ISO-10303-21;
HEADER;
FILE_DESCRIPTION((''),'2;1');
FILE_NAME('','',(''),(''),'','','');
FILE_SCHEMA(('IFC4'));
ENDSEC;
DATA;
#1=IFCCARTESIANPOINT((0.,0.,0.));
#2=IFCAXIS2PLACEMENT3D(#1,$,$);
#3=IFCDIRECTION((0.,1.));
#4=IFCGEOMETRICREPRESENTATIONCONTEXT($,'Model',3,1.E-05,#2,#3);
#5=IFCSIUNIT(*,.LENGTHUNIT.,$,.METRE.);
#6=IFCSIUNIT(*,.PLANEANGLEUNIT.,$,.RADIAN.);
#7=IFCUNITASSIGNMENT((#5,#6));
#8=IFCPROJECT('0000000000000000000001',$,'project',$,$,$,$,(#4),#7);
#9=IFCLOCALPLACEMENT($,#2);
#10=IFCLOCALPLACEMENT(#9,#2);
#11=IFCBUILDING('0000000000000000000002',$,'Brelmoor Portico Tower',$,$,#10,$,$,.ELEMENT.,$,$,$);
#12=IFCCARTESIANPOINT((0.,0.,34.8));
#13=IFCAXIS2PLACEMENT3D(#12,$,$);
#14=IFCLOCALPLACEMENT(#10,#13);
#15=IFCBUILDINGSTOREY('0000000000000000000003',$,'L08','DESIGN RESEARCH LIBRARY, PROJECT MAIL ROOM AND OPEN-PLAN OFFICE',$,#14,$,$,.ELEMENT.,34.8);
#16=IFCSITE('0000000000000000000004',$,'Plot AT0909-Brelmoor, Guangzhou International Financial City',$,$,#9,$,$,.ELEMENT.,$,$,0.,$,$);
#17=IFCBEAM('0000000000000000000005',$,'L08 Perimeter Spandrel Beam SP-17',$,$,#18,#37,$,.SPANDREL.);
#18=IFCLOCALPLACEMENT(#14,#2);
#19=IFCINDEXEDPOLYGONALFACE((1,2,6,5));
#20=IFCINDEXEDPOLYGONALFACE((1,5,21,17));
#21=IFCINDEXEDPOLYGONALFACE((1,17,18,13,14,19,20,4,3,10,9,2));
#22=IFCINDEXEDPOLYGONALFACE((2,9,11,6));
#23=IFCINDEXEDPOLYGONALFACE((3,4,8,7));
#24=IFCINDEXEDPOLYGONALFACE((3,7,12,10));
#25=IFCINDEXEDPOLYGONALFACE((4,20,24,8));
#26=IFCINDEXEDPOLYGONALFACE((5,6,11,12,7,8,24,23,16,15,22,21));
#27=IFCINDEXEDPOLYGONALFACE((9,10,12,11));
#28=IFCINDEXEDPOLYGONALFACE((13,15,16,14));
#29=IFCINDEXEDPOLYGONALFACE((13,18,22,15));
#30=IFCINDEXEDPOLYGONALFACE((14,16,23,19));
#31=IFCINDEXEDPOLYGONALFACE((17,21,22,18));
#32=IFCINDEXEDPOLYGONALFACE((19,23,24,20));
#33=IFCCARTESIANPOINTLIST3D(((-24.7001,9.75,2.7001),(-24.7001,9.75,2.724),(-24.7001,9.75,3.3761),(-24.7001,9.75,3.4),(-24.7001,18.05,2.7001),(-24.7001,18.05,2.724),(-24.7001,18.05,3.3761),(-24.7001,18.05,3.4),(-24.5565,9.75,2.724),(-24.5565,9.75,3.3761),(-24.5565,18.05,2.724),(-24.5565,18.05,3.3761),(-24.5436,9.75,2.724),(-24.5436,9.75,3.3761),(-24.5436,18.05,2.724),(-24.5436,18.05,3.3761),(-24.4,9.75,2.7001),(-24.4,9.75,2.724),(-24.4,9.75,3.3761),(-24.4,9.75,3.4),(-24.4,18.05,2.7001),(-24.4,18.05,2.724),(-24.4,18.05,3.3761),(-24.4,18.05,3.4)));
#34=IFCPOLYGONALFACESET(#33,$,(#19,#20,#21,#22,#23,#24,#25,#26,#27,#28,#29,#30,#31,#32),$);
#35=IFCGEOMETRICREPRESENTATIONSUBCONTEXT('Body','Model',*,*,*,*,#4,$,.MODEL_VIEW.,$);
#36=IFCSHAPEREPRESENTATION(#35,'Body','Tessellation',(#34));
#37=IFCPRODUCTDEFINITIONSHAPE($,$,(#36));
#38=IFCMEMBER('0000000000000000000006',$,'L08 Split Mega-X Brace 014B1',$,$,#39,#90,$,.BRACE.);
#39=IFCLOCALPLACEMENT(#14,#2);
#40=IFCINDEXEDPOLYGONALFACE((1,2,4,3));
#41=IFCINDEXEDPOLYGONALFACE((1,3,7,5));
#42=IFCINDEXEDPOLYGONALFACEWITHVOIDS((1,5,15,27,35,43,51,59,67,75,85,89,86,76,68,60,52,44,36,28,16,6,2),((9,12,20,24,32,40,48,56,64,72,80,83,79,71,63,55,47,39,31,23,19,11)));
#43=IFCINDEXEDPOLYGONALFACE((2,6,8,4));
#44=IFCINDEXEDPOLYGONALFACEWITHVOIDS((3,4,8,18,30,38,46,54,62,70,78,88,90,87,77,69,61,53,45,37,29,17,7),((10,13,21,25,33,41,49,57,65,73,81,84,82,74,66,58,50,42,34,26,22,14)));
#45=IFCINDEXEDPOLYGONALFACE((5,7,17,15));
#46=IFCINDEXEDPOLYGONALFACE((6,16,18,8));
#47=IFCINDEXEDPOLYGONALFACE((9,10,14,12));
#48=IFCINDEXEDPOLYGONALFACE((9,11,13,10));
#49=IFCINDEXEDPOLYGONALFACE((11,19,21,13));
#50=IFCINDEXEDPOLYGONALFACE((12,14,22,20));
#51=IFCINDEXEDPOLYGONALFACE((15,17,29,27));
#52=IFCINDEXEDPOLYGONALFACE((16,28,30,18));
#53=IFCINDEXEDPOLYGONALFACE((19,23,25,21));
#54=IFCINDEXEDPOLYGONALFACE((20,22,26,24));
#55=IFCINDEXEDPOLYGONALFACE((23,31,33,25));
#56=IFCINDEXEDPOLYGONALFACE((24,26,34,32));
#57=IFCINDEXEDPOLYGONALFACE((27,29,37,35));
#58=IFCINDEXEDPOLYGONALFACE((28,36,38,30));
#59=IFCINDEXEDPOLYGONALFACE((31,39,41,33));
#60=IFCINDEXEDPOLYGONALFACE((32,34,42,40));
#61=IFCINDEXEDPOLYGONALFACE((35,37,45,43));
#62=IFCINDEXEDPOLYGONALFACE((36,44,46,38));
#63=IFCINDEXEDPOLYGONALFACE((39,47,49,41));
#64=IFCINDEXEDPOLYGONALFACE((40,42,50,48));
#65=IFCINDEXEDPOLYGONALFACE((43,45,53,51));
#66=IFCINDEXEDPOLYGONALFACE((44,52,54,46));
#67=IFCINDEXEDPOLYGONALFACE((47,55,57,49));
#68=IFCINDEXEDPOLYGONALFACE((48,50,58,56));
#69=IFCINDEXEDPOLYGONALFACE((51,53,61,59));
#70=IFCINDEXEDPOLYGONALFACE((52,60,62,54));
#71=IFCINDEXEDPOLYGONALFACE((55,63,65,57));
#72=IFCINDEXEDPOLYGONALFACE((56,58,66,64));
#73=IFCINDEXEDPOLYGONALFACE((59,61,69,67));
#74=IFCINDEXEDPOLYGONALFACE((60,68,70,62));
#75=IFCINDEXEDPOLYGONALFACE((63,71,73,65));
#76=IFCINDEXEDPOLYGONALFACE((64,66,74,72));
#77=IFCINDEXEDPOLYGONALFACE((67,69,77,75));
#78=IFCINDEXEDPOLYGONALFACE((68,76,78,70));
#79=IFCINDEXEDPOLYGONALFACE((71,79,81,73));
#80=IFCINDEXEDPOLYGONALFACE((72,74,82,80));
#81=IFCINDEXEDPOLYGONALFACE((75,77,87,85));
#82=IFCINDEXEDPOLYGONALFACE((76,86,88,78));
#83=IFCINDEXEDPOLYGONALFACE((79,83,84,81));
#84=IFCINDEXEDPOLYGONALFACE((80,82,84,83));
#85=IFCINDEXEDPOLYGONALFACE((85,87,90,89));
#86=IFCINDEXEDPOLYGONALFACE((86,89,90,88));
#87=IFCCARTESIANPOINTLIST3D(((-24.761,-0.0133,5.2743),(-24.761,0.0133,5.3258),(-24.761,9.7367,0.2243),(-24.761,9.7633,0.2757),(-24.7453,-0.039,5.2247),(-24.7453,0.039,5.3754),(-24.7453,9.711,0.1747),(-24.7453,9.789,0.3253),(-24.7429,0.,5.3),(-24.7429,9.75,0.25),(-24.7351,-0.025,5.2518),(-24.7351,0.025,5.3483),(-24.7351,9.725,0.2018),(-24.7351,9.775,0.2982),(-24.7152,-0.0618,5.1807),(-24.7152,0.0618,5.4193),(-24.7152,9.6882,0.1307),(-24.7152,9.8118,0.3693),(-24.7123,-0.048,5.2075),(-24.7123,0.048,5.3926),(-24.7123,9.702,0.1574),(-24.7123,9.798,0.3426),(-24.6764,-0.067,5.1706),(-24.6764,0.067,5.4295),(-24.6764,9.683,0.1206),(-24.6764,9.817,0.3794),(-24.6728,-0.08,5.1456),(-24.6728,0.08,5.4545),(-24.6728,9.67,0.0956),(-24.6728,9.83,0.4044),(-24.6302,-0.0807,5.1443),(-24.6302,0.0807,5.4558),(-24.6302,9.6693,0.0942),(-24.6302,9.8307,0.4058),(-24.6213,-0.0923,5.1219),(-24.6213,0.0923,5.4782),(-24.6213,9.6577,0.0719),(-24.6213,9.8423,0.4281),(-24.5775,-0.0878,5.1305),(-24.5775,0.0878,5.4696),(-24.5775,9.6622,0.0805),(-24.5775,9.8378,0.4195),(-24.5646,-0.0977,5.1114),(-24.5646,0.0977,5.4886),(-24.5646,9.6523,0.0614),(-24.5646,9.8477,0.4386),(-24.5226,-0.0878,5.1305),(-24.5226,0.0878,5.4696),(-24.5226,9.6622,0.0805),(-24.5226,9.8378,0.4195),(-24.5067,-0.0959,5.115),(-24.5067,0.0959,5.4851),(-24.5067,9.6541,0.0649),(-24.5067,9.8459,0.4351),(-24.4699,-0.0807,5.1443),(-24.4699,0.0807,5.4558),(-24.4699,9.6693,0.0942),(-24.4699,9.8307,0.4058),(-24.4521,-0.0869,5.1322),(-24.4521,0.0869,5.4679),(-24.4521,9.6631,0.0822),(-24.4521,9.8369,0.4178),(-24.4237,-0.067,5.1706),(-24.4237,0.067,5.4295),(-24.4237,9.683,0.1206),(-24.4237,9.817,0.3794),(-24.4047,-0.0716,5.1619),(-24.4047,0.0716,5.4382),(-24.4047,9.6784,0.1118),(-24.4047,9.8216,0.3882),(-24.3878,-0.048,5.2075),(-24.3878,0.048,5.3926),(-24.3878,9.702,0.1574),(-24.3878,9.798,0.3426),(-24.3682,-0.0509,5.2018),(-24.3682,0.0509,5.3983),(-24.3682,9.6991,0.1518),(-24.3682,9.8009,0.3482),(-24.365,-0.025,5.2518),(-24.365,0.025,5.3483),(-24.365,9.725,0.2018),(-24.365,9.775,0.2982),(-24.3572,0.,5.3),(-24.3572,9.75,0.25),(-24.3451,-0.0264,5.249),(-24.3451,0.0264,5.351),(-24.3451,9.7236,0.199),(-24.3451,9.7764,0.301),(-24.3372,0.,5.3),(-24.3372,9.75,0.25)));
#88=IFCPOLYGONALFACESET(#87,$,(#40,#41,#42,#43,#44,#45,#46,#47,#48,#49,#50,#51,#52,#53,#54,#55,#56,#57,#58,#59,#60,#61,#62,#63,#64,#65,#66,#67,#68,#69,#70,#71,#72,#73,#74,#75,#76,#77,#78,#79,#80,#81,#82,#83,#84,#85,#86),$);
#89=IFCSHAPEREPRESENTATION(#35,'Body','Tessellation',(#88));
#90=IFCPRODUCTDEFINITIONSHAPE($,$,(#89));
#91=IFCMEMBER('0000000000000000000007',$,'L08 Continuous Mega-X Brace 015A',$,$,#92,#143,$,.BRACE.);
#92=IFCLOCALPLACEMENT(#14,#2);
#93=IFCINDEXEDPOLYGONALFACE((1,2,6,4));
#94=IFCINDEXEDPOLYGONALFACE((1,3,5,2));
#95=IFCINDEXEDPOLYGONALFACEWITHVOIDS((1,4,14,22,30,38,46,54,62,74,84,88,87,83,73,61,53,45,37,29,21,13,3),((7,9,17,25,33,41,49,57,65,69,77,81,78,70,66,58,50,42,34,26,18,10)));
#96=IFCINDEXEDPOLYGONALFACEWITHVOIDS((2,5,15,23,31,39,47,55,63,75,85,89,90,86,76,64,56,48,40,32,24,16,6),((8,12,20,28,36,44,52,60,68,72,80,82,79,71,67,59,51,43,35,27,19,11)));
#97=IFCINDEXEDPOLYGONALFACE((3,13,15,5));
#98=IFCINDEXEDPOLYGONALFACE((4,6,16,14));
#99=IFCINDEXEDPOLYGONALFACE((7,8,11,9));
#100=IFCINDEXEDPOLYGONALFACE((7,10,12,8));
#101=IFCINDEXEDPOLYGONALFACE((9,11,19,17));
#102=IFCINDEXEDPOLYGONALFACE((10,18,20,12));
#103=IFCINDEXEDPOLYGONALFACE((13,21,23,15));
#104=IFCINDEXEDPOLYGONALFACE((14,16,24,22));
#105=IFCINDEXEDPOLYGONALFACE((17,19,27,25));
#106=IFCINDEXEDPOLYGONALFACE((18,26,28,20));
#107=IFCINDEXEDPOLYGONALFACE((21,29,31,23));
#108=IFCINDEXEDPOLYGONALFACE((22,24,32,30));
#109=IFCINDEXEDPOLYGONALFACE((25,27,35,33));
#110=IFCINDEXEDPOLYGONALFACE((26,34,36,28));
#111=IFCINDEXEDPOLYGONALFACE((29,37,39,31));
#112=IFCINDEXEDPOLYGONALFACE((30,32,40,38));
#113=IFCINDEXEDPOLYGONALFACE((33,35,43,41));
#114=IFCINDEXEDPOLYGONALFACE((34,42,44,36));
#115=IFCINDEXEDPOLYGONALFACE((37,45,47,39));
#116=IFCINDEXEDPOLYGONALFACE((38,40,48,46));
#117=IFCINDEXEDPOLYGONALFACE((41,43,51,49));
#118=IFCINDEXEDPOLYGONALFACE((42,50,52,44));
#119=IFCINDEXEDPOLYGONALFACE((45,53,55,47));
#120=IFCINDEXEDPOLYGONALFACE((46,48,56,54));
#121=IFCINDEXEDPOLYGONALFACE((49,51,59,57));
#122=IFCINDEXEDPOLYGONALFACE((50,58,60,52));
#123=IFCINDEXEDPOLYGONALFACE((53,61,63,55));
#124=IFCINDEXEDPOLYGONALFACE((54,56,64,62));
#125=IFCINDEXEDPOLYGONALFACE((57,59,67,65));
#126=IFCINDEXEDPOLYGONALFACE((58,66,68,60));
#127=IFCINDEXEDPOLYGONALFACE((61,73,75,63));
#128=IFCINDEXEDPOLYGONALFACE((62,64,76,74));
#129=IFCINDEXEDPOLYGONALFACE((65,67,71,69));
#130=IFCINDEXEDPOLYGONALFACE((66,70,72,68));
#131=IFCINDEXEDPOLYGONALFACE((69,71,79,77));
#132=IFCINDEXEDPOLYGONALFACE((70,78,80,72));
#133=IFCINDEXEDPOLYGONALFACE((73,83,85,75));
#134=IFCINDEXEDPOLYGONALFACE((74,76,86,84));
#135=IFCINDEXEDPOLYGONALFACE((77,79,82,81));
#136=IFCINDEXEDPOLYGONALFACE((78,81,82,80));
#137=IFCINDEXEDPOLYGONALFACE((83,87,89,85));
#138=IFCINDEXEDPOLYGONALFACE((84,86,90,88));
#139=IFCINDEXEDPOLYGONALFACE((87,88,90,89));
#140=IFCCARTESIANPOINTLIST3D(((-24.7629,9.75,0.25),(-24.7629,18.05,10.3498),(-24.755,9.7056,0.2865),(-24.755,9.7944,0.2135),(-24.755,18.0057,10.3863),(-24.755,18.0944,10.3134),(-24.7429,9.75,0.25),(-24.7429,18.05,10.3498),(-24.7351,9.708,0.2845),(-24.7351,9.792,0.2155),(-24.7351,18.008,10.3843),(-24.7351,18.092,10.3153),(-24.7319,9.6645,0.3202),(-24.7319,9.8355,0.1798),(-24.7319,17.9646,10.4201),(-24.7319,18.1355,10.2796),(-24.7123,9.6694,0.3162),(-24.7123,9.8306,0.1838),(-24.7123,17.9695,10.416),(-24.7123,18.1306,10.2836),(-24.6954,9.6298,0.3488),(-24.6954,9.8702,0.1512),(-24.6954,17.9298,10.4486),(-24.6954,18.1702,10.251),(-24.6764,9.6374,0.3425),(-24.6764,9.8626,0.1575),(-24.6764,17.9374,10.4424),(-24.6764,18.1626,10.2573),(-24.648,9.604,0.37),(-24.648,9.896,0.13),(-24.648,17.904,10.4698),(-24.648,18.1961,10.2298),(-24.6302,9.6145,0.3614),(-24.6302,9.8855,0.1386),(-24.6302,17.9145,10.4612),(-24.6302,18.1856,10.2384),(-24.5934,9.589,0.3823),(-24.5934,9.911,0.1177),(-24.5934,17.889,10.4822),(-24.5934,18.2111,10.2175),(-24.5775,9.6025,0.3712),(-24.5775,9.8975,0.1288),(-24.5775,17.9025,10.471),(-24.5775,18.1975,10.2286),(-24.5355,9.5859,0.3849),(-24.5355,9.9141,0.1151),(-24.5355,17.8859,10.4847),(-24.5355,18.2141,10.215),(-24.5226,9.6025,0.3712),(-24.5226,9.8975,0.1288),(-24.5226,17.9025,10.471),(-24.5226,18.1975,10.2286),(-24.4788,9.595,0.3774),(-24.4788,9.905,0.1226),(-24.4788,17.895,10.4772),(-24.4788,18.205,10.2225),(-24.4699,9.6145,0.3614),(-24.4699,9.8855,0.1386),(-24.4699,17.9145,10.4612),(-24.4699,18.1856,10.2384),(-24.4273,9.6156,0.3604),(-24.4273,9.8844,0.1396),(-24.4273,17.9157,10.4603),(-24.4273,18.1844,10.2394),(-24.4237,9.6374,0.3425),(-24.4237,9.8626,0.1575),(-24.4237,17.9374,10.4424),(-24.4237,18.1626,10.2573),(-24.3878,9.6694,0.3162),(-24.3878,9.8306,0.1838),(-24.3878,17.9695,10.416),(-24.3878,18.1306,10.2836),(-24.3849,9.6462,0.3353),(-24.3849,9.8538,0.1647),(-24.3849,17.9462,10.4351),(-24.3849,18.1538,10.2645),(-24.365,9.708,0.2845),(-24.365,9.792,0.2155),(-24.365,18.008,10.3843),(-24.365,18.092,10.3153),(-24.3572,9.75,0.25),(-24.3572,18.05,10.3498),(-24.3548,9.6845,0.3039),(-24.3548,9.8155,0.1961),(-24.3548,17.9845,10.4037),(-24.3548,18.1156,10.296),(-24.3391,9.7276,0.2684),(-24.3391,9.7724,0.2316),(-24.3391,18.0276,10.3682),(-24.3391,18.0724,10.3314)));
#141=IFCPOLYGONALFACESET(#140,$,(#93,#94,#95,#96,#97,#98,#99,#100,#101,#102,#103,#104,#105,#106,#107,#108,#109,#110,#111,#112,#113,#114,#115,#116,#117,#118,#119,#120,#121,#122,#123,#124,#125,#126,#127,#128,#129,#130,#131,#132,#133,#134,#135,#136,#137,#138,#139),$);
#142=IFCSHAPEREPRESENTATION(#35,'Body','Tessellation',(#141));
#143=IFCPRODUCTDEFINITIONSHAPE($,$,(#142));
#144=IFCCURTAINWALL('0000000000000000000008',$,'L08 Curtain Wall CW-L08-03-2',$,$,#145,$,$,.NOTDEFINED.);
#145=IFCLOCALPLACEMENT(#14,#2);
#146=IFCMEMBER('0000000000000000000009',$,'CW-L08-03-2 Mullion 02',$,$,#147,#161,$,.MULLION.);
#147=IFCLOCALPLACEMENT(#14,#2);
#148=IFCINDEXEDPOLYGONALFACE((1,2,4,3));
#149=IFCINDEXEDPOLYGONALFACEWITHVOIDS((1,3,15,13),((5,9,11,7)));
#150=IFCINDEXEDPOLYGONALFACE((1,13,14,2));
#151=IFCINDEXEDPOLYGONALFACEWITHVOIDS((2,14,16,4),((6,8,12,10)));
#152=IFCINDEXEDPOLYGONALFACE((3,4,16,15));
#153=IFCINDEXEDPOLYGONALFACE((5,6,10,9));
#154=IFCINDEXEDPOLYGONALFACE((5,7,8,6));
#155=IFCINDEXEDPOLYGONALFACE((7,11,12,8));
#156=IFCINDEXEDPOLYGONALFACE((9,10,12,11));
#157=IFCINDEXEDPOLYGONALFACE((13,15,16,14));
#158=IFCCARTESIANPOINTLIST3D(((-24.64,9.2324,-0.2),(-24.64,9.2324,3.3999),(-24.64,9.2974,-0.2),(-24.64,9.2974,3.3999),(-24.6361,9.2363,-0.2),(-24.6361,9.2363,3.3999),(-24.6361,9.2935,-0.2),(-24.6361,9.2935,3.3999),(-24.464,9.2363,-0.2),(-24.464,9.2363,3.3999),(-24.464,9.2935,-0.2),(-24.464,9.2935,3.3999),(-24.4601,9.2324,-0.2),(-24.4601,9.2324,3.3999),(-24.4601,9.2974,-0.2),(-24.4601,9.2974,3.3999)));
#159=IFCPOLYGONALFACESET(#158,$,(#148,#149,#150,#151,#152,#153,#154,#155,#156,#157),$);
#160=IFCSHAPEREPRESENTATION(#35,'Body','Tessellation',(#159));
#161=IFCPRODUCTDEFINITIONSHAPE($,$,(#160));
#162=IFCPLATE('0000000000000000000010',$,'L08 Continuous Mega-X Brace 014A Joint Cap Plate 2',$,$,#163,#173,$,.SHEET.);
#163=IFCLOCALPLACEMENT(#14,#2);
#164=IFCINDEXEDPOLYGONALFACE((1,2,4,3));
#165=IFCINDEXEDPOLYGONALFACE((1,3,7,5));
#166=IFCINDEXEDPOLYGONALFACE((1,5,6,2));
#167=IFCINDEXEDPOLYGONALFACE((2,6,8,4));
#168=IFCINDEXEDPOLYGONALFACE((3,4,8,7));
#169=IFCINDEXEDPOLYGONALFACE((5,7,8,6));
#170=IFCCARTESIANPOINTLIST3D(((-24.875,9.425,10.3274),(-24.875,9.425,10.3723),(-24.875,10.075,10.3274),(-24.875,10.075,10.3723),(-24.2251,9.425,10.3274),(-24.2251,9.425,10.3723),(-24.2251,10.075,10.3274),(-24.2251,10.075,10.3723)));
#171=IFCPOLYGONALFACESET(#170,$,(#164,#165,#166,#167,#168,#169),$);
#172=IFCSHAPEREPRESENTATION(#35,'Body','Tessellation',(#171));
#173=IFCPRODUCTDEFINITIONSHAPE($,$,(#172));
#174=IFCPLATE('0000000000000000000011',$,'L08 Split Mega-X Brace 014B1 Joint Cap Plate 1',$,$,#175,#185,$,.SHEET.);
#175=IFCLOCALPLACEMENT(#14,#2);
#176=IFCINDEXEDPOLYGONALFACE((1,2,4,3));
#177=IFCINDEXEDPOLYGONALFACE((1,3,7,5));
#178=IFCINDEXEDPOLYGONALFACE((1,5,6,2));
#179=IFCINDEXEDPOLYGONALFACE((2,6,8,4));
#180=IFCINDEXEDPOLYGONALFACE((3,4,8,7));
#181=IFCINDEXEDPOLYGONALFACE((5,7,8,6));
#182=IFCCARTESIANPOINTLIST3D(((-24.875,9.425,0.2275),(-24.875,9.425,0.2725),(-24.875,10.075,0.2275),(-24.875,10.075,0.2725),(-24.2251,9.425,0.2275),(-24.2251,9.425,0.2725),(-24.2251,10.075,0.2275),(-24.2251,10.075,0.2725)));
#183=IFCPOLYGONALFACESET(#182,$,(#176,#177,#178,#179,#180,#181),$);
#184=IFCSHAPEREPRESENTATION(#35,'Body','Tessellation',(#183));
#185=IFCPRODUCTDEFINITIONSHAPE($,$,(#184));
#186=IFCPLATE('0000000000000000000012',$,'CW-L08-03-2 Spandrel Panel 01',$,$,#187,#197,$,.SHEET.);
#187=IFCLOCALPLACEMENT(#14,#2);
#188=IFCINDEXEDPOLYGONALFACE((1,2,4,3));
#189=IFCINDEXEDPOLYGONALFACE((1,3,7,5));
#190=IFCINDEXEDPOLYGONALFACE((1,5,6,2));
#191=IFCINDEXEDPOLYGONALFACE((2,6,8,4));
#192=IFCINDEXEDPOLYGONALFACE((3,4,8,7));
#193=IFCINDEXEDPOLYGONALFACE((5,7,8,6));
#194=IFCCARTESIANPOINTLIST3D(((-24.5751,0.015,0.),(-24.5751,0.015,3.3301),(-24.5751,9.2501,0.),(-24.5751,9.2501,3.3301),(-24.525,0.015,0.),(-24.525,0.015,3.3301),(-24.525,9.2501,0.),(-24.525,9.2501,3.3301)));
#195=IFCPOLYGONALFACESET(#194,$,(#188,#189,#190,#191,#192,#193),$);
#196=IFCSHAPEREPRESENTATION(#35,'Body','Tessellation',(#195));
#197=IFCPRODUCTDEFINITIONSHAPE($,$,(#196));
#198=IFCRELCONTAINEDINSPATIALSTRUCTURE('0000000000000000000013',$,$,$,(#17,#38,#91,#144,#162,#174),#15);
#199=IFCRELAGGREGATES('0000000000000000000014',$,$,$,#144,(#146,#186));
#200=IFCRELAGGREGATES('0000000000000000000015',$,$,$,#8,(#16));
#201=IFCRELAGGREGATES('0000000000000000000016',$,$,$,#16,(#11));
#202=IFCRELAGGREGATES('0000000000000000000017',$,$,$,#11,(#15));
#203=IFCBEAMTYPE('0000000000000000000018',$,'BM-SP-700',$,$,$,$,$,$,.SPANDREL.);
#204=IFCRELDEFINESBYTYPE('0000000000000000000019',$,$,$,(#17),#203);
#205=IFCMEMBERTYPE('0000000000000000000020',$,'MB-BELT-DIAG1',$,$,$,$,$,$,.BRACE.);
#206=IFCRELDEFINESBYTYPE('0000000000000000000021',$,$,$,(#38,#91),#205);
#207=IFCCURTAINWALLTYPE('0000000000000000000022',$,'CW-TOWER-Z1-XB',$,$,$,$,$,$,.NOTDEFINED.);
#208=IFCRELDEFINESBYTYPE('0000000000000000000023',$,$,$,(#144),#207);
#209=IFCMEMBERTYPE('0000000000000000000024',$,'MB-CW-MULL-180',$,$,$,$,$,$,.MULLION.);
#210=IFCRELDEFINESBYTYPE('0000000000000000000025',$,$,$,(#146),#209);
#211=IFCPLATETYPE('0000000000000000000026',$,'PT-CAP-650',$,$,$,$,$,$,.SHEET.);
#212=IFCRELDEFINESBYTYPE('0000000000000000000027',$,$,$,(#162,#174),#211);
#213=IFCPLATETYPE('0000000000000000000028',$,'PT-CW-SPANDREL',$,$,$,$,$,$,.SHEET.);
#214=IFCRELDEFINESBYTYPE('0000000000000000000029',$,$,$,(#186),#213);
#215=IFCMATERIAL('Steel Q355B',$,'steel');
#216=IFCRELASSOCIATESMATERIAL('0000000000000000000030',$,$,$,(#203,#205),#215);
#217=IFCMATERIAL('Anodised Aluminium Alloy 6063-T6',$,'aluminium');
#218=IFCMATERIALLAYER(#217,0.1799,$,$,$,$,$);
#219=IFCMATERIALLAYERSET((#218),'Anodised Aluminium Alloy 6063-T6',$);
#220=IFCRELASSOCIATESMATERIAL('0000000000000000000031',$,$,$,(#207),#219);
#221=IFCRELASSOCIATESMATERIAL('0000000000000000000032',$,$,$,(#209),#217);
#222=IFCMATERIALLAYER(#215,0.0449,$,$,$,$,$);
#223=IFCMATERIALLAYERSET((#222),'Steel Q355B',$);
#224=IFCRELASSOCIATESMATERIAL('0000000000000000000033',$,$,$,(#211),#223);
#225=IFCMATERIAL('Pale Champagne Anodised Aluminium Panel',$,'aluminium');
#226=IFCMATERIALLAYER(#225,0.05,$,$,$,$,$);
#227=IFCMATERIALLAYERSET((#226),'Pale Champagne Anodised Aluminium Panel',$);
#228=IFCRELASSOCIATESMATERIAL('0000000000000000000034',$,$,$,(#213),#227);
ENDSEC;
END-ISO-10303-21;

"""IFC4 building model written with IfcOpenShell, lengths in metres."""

from ifc_helpers import new_model, si_unit, direction, frame, origin, origin_2d, place, context, subcontext, project, spatial, rectangle, hollow_rectangle, hollow_circle, i_section, extrude, material, layer, layer_set, material_profile, profile_set, type_object, element, aggregate, save


model = new_model("IFC4")

# Units and contexts
model_context = context("Model", 3, precision=1e-05, world=origin(), true_north=direction((0.0, 1.0)))
body_context = subcontext(model_context, "Body", "Model", "MODEL_VIEW")
ifc_project = project(units=[si_unit("LENGTHUNIT", "METRE"), si_unit("PLANEANGLEUNIT", "RADIAN")], contexts=[model_context])

# Site, building, storey
site_placement = place(None, origin())
site = spatial("IfcSite", under=ifc_project, at=site_placement, Name="Plot AT0909-Brelmoor, Guangzhou International Financial City", CompositionType="ELEMENT", RefElevation=0.0)
building_placement = place(site_placement, origin())
building = spatial("IfcBuilding", under=site, at=building_placement, Name="Brelmoor Portico Tower", CompositionType="ELEMENT")
storey_placement = place(building_placement, frame((0.0, 0.0, 34.8)))
storey = spatial("IfcBuildingStorey", under=building, at=storey_placement, Name="L08", Description="DESIGN RESEARCH LIBRARY, PROJECT MAIL ROOM AND OPEN-PLAN OFFICE", CompositionType="ELEMENT", Elevation=34.8)

# Beam
ifc_material_1 = material(Name="Steel Q355B", Category="steel")
ifc_material_profile_1 = material_profile(ifc_material_1, i_section(OverallWidth=0.3, OverallDepth=0.7, WebThickness=0.0129, FlangeThickness=0.0239, at=origin_2d()), Name="HN 700x300x13x24")
ifc_profile_set_1 = profile_set([ifc_material_profile_1], Name="Steel Q355B")
beam_type_1 = type_object("IfcBeamType", Name="BM-SP-700", PredefinedType="SPANDREL", material=ifc_profile_set_1)
beam_1_placement = place(storey_placement, frame((-24.55, 9.75, 3.05), z_axis=(0.0, 1.0, 0.0), x_axis=(-1.0, 0.0, 0.0)))
element("IfcBeam", 1, at=beam_1_placement, inside=storey, type_object=beam_type_1, Name="L08 Perimeter Spandrel Beam SP-17", PredefinedType="SPANDREL", context=body_context, shape_type="SweptSolid", body=[
    extrude(i_section(OverallWidth=0.3, OverallDepth=0.7, WebThickness=0.0129, FlangeThickness=0.0239, at=origin_2d()), origin(), (0.0, 0.0, 1.0), 8.3),
])

# Members
ifc_material_profile_2 = material_profile(ifc_material_1, hollow_circle(Radius=0.2129, WallThickness=0.02, at=origin_2d()), Name="CHS 426x20")
ifc_profile_set_2 = profile_set([ifc_material_profile_2], Name="Steel Q355B")
member_type_1 = type_object("IfcMemberType", Name="MB-BELT-DIAG1", PredefinedType="BRACE", material=ifc_profile_set_2)
member_1_placement = place(storey_placement, frame((-24.55, 9.75, 0.25), z_axis=(0.0, -0.887959, 0.459922), x_axis=(1.0, 0.0, 0.0)))
element("IfcMember", 2, at=member_1_placement, inside=storey, type_object=member_type_1, Name="L08 Split Mega-X Brace 014B1", PredefinedType="BRACE", context=body_context, shape_type="SweptSolid", body=[
    extrude(hollow_circle(Radius=0.2129, WallThickness=0.02, at=origin_2d()), origin(), (0.0, 0.0, 1.0), 10.9802),
])
member_2_placement = place(storey_placement, frame((-24.55, 9.75, 0.25), z_axis=(0.0, 0.63491, 0.772586), x_axis=(-1.0, 0.0, 0.0)))
element("IfcMember", 3, at=member_2_placement, inside=storey, type_object=member_type_1, Name="L08 Continuous Mega-X Brace 015A", PredefinedType="BRACE", context=body_context, shape_type="SweptSolid", body=[
    extrude(hollow_circle(Radius=0.2129, WallThickness=0.02, at=origin_2d()), origin(), (0.0, 0.0, 1.0), 13.0728),
])

# Curtain wall, member
ifc_material_2 = material(Name="Anodised Aluminium Alloy 6063-T6", Category="aluminium")
ifc_layer_1 = layer(ifc_material_2, 0.1799)
ifc_layer_set_1 = layer_set([ifc_layer_1], Name="Anodised Aluminium Alloy 6063-T6")
curtain_wall_type = type_object("IfcCurtainWallType", Name="CW-TOWER-Z1-XB", PredefinedType="NOTDEFINED", material=ifc_layer_set_1)
curtain_wall_placement = place(storey_placement, origin())
curtain_wall = element("IfcCurtainWall", 4, at=curtain_wall_placement, inside=storey, type_object=curtain_wall_type, Name="L08 Curtain Wall CW-L08-03-2", PredefinedType="NOTDEFINED")
ifc_material_profile_3 = material_profile(ifc_material_2, hollow_rectangle(XDim=0.0649, YDim=0.1799, WallThickness=0.0039, at=origin_2d()), Name="ALU MULLION 65x180")
ifc_profile_set_3 = profile_set([ifc_material_profile_3], Name="Anodised Aluminium Alloy 6063-T6")
member_type_2 = type_object("IfcMemberType", Name="MB-CW-MULL-180", PredefinedType="MULLION", material=ifc_profile_set_3)
member_3_placement = place(storey_placement, frame((-24.55, 9.2649, -0.2), z_axis=(0.0, 0.0, 1.0), x_axis=(0.0, 1.0, 0.0)))
member_3 = element("IfcMember", 5, at=member_3_placement, type_object=member_type_2, Name="CW-L08-03-2 Mullion 02", PredefinedType="MULLION", context=body_context, shape_type="SweptSolid", body=[
    extrude(hollow_rectangle(XDim=0.0649, YDim=0.1799, WallThickness=0.0039, at=origin_2d()), origin(), (0.0, 0.0, 1.0), 3.5999),
])

# Plates
ifc_layer_2 = layer(ifc_material_1, 0.0449)
ifc_layer_set_2 = layer_set([ifc_layer_2], Name="Steel Q355B")
plate_type_1 = type_object("IfcPlateType", Name="PT-CAP-650", PredefinedType="SHEET", material=ifc_layer_set_2)
for number, where, z_axis, x_axis, name in (
    (6, (-24.55, 9.75, 10.3274), (0.0, 0.0, 1.0), (1.0, 0.0, 0.0), "L08 Continuous Mega-X Brace 014A Joint Cap Plate 2"),
    (7, (-24.55, 9.75, 0.2275), (0.0, 0.0, 1.0), (1.0, 0.0, 0.0), "L08 Split Mega-X Brace 014B1 Joint Cap Plate 1"),
):
    element("IfcPlate", number, at=place(storey_placement, frame(where, z_axis=z_axis, x_axis=x_axis)), inside=storey, type_object=plate_type_1, Name=name, PredefinedType="SHEET", context=body_context, shape_type="SweptSolid", body=[
        extrude(rectangle(XDim=0.6499, YDim=0.6499, at=origin_2d()), origin(), (0.0, 0.0, 1.0), 0.0449),
    ])

# Plate
ifc_material_3 = material(Name="Pale Champagne Anodised Aluminium Panel", Category="aluminium")
ifc_layer_3 = layer(ifc_material_3, 0.05)
ifc_layer_set_3 = layer_set([ifc_layer_3], Name="Pale Champagne Anodised Aluminium Panel")
plate_type_2 = type_object("IfcPlateType", Name="PT-CW-SPANDREL", PredefinedType="SHEET", material=ifc_layer_set_3)
plate_placement = place(storey_placement, frame((-24.55, 4.6326, 0.0), z_axis=(0.0, 0.0, 1.0), x_axis=(0.0, 1.0, 0.0)))
plate = element("IfcPlate", 8, at=plate_placement, type_object=plate_type_2, Name="CW-L08-03-2 Spandrel Panel 01", PredefinedType="SHEET", context=body_context, shape_type="SweptSolid", body=[
    extrude(rectangle(XDim=9.2351, YDim=0.05, at=origin_2d()), origin(), (0.0, 0.0, 1.0), 3.3301),
])
aggregate(curtain_wall, [member_3, plate])

save(model, "model.ifc")
